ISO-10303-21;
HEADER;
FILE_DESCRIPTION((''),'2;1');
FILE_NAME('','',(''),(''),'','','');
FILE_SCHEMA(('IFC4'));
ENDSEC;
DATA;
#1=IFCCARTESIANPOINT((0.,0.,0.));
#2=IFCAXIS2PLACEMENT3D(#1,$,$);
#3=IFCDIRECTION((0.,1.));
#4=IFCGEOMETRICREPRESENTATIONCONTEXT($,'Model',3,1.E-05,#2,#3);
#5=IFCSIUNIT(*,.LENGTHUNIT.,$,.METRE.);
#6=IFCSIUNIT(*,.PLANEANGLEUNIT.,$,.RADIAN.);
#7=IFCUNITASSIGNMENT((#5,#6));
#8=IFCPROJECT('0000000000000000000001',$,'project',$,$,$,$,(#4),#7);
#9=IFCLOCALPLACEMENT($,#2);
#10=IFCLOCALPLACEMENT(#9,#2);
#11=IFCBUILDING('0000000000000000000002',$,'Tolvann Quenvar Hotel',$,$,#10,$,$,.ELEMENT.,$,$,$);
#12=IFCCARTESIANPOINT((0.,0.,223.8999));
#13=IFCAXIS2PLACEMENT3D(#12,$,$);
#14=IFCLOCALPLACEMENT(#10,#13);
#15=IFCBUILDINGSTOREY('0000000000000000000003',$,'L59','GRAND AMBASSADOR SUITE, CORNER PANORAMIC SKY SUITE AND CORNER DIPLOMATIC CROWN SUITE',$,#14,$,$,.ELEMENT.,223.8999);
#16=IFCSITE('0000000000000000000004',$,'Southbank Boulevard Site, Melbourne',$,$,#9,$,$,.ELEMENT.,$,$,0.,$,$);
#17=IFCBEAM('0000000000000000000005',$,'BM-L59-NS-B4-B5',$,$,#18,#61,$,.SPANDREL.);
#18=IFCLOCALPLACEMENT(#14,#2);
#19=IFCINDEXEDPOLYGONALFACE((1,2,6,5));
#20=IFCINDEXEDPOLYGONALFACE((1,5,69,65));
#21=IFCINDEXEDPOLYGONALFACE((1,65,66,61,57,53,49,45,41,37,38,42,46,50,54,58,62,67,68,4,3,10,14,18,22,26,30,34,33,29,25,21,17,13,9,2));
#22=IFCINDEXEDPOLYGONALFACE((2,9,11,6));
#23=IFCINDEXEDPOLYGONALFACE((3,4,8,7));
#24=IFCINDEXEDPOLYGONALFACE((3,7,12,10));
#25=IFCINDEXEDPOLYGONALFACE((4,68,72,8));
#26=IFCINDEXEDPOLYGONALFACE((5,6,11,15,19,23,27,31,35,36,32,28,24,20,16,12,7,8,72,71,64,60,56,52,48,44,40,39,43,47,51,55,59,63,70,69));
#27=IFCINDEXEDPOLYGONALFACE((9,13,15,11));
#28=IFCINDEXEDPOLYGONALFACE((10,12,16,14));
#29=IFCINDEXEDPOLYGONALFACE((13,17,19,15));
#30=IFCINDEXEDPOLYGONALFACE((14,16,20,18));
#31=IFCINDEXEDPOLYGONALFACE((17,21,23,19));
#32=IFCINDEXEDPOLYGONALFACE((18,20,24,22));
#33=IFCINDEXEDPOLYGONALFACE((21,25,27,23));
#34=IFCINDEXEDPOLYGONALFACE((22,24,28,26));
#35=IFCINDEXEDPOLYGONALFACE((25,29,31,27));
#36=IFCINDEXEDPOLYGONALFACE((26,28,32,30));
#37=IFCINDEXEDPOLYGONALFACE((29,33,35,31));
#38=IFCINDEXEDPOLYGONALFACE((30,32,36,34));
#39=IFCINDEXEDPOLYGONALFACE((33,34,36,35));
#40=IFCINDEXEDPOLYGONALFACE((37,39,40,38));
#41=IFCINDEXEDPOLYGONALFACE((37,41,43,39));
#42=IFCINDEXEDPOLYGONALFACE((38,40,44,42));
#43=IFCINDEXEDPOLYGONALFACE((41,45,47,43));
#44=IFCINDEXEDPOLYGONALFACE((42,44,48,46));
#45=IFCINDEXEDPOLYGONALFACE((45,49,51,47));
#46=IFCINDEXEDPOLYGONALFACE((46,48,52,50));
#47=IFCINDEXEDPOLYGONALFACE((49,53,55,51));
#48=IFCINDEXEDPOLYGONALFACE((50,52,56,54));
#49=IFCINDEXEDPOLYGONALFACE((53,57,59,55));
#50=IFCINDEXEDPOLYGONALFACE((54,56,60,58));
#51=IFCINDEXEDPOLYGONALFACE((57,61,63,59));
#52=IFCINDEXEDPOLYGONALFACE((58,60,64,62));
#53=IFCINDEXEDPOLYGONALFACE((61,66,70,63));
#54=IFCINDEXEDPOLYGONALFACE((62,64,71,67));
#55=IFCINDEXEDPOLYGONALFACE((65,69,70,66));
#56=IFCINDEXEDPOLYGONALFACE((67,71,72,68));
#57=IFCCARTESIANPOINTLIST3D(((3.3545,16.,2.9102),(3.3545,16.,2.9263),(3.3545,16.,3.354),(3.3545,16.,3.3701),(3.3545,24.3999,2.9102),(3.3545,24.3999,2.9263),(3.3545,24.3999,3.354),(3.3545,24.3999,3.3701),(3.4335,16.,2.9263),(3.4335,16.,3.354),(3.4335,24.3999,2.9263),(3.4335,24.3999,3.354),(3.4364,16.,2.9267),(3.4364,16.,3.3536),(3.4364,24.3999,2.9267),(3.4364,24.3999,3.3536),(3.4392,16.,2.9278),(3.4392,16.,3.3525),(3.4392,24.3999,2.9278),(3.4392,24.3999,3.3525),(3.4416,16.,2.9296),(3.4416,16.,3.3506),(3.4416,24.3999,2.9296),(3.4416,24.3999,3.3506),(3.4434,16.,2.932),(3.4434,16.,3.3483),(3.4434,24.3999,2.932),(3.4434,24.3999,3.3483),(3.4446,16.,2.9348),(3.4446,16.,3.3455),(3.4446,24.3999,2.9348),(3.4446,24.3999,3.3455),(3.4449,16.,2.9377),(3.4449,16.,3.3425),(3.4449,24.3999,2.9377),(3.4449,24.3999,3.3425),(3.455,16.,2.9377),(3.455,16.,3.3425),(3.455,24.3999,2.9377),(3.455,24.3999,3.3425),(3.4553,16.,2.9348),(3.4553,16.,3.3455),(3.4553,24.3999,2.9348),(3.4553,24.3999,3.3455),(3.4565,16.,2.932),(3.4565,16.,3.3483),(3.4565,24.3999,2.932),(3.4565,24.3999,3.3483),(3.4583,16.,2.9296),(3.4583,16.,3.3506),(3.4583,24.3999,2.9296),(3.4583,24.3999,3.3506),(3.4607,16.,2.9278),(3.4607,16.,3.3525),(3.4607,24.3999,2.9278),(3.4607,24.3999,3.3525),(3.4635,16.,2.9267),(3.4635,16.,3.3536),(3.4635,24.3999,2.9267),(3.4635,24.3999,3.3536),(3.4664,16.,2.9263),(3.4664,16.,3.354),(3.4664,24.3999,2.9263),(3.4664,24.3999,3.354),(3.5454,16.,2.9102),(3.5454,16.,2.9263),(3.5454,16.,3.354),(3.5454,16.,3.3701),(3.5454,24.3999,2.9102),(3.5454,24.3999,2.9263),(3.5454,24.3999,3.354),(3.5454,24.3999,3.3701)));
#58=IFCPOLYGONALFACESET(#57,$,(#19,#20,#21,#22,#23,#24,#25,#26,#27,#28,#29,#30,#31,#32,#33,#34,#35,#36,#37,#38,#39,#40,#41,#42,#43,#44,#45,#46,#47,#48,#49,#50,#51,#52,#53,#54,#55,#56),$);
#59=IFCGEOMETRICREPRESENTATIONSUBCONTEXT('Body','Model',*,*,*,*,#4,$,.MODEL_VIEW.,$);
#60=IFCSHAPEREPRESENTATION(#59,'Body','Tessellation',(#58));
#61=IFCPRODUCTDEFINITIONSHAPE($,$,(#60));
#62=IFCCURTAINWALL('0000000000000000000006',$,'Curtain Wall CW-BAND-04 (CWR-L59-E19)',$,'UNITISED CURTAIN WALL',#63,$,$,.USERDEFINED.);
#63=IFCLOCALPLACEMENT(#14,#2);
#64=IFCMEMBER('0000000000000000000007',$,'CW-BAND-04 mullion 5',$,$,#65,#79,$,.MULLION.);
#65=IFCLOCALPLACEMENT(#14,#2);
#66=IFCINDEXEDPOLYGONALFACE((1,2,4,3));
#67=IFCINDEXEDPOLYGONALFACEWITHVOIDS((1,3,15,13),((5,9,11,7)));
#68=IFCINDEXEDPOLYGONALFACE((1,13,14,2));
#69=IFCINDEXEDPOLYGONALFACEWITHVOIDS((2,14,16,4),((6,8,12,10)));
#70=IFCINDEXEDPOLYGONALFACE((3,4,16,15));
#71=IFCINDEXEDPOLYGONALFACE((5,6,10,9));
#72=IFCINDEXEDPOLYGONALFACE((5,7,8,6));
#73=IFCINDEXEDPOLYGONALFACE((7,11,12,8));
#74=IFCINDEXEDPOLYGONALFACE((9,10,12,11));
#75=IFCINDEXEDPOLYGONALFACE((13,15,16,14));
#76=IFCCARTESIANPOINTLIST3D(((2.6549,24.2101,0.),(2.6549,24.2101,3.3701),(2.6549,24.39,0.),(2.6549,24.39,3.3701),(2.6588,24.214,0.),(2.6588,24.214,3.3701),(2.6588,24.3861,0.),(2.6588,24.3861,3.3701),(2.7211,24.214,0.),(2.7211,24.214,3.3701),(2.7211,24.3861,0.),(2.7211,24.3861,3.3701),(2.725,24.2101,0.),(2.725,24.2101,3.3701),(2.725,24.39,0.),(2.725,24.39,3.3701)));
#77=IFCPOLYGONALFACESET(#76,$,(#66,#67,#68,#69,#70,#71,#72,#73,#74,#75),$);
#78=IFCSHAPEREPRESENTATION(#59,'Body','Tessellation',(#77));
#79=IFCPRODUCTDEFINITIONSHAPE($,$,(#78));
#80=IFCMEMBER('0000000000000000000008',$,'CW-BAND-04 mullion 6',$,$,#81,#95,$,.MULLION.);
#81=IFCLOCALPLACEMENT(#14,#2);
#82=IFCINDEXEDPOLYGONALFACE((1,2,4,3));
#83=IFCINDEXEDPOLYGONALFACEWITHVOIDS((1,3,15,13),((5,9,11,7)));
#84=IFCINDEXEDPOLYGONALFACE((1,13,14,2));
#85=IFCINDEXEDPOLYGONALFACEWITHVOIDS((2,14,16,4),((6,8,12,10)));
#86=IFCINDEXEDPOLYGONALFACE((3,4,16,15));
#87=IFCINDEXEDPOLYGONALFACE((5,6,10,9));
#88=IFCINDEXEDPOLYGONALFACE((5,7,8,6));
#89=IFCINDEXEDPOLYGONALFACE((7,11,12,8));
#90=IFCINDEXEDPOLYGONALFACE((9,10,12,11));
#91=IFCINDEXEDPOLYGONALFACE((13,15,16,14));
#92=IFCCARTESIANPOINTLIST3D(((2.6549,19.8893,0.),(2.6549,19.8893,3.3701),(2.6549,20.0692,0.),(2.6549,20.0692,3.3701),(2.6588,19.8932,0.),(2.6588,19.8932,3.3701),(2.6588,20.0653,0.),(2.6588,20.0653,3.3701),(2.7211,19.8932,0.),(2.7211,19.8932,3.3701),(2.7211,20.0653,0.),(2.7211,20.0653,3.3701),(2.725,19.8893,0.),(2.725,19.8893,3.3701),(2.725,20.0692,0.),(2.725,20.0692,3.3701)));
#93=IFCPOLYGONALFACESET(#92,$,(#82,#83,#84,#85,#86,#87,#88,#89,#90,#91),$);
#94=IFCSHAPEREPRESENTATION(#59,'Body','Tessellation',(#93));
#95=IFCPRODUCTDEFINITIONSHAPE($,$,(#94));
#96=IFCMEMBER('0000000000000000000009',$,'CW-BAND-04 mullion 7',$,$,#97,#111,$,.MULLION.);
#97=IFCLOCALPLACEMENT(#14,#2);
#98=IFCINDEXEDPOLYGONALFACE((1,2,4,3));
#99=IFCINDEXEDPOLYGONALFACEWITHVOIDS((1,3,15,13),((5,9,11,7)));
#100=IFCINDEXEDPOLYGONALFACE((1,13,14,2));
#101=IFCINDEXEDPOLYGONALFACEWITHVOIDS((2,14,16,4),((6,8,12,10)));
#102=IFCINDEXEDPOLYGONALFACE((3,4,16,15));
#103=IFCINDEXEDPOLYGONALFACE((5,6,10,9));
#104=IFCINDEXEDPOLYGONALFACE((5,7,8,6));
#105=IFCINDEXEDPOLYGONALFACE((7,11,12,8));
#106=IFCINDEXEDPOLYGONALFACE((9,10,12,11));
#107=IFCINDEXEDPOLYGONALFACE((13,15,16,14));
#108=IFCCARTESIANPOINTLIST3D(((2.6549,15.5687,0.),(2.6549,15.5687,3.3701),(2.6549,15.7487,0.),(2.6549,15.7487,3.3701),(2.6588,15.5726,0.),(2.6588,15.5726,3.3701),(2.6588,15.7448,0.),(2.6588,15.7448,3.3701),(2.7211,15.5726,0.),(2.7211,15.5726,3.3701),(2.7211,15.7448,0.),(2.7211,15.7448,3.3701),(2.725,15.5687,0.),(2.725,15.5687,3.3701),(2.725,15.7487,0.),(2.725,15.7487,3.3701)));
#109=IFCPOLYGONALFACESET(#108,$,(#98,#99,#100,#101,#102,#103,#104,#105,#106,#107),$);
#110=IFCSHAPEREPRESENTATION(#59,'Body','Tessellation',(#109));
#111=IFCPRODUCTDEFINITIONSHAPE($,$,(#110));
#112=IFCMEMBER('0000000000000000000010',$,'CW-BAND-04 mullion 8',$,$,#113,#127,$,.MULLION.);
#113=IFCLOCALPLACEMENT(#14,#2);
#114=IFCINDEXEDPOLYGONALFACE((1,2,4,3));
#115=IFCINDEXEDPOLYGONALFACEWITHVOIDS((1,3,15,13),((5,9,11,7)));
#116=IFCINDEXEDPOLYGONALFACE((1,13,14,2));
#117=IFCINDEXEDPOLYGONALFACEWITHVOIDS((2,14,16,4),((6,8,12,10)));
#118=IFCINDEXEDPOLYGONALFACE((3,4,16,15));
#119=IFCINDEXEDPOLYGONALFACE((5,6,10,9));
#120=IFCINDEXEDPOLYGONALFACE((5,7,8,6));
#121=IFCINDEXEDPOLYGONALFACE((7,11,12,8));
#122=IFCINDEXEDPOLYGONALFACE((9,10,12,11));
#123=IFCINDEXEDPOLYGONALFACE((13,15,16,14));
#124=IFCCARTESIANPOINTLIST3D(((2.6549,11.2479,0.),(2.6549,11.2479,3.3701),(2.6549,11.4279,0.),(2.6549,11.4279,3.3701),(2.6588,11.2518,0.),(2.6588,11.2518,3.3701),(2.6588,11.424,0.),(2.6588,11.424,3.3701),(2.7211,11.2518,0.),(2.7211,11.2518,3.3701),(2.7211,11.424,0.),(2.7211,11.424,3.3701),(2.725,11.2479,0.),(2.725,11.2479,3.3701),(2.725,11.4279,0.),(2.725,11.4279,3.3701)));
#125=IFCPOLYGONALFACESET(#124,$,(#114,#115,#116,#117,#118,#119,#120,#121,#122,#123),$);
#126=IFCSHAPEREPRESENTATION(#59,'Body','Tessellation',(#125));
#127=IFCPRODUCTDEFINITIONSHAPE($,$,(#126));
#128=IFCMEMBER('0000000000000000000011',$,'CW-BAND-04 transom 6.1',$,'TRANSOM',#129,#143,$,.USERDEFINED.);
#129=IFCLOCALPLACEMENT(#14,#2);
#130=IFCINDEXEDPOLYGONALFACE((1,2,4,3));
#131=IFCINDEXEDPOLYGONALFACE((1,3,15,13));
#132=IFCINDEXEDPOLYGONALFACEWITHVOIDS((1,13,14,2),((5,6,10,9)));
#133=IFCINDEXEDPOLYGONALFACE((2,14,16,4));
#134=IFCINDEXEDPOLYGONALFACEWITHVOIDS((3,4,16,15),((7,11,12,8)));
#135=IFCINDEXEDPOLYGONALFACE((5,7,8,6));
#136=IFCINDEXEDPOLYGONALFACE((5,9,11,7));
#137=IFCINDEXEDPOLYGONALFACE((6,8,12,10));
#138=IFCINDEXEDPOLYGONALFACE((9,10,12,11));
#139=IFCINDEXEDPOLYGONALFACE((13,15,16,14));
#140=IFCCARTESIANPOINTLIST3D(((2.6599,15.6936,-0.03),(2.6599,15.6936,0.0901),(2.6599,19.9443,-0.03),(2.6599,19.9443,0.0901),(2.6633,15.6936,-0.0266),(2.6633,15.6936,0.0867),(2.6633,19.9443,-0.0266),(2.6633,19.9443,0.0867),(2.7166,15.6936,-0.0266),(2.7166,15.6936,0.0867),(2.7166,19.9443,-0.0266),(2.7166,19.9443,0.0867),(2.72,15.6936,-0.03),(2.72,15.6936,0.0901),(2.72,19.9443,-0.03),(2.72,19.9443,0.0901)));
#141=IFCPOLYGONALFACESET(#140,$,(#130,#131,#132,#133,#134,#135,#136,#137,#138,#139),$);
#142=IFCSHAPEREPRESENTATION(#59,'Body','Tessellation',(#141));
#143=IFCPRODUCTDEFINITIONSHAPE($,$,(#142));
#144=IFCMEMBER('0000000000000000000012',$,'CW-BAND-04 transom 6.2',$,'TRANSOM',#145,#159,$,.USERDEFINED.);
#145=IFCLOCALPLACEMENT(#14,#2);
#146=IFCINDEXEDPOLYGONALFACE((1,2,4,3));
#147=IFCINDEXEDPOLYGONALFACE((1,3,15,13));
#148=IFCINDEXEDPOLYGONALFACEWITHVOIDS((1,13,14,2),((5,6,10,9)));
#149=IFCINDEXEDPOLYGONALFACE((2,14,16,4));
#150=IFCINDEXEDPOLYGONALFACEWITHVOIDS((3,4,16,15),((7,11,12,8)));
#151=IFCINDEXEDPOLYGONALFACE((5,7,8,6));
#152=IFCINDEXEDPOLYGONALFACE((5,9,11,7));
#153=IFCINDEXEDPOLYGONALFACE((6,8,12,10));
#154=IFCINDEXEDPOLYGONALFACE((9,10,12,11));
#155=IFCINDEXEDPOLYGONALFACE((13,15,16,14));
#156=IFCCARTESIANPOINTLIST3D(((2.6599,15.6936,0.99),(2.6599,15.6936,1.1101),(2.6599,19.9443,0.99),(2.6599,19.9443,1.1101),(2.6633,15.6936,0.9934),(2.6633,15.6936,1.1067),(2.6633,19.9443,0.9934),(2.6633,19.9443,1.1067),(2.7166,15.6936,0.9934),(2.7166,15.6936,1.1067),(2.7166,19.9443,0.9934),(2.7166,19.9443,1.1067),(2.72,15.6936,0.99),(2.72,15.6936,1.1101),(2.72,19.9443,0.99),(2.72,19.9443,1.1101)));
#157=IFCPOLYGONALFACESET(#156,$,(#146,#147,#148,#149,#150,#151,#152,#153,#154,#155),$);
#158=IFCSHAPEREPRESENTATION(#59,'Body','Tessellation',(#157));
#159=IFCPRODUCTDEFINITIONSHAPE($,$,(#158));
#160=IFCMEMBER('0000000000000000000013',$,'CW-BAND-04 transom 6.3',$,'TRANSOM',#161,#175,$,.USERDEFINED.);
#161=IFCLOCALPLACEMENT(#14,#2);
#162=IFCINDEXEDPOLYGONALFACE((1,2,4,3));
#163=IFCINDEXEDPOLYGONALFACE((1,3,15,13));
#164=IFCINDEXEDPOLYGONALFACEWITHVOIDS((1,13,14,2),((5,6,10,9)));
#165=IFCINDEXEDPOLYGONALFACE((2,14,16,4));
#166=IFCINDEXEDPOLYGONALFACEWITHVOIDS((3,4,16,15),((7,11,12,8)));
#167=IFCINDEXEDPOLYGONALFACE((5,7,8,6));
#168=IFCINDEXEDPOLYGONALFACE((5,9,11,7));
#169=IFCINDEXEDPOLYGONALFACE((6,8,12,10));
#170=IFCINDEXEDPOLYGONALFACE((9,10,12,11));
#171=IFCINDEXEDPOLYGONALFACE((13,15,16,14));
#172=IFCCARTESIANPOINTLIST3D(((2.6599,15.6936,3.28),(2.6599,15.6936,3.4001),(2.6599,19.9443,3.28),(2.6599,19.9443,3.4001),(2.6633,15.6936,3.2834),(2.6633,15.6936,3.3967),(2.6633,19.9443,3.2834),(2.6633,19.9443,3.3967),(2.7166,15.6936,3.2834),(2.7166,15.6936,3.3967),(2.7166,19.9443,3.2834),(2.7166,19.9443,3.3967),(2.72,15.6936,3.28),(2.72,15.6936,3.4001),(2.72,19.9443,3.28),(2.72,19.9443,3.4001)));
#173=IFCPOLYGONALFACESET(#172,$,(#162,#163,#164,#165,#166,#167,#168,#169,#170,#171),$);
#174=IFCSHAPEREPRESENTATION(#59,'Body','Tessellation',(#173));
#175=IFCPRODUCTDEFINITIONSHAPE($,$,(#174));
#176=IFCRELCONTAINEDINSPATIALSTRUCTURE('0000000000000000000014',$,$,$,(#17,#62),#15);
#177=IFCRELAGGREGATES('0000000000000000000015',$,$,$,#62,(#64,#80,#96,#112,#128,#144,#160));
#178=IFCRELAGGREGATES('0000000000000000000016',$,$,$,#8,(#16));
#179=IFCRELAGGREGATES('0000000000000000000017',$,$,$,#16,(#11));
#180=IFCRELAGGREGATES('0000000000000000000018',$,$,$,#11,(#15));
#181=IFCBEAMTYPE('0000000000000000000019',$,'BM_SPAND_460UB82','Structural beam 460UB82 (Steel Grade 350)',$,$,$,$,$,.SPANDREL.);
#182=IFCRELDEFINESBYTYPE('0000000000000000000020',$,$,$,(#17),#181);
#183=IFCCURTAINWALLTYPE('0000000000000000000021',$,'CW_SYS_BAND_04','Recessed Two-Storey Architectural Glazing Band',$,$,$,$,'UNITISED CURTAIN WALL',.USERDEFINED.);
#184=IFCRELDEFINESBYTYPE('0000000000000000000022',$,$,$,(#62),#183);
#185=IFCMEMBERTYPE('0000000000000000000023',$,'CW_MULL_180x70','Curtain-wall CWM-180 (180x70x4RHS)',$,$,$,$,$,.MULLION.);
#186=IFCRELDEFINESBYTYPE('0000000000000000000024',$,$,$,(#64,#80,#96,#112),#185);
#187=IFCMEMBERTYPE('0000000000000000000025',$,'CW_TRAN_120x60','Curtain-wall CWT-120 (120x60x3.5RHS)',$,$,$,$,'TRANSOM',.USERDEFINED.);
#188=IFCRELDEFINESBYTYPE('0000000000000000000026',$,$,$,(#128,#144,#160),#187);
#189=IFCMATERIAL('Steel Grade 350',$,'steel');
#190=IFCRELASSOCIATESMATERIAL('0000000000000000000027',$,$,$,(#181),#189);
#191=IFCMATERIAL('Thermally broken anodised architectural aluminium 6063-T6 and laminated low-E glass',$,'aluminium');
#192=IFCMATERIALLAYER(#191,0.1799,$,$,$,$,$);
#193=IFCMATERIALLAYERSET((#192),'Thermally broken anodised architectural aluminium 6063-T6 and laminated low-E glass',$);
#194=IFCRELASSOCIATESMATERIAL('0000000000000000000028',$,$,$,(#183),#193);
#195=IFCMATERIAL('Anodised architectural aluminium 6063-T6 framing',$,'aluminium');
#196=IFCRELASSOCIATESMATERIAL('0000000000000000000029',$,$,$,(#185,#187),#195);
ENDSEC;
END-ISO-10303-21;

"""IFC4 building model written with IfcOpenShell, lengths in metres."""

from ifc_helpers import new_model, si_unit, direction, frame, origin, origin_2d, place, context, subcontext, project, spatial, hollow_rectangle, i_section, extrude, source, transform, mapped, material, layer, layer_set, material_profile, profile_set, type_object, type_shapes, element, aggregate, save


model = new_model("IFC4")

# Units and contexts
model_context = context("Model", 3, precision=1e-05, world=origin(), true_north=direction((0.0, 1.0)))
body_context = subcontext(model_context, "Body", "Model", "MODEL_VIEW")
ifc_project = project(units=[si_unit("LENGTHUNIT", "METRE"), si_unit("PLANEANGLEUNIT", "RADIAN")], contexts=[model_context])

# Site, building, storey
site_placement = place(None, origin())
site = spatial("IfcSite", under=ifc_project, at=site_placement, Name="Southbank Boulevard Site, Melbourne", CompositionType="ELEMENT", RefElevation=0.0)
building_placement = place(site_placement, origin())
building = spatial("IfcBuilding", under=site, at=building_placement, Name="Tolvann Quenvar Hotel", CompositionType="ELEMENT")
storey_placement = place(building_placement, frame((0.0, 0.0, 223.8999)))
storey = spatial("IfcBuildingStorey", under=building, at=storey_placement, Name="L59", Description="GRAND AMBASSADOR SUITE, CORNER PANORAMIC SKY SUITE AND CORNER DIPLOMATIC CROWN SUITE", CompositionType="ELEMENT", Elevation=223.8999)

# Shared definitions
ifc_material_1 = material(Name="Steel Grade 350", Category="steel")

# Beam
ifc_material_profile_1 = material_profile(ifc_material_1, i_section(OverallWidth=0.1909, OverallDepth=0.46, WebThickness=0.01, FlangeThickness=0.0161, FilletRadius=0.0115, at=origin_2d()), Name="460UB82")
ifc_profile_set_1 = profile_set([ifc_material_profile_1], Name="Steel Grade 350")
beam_type_1 = type_object("IfcBeamType", Name="BM_SPAND_460UB82", Description="Structural beam 460UB82 (Steel Grade 350)", PredefinedType="SPANDREL", material=ifc_profile_set_1)
shared_shape_1 = source(origin(), body_context, "Body", "SweptSolid", [
    extrude(i_section(OverallWidth=0.1909, OverallDepth=0.46, WebThickness=0.01, FlangeThickness=0.0161, FilletRadius=0.0115, at=origin_2d()), origin(), (0.0, 0.0, 1.0), 8.3999),
])
type_shapes(beam_type_1, [shared_shape_1])
beam_1_placement = place(storey_placement, frame((3.45, 16.0, 3.1401), z_axis=(0.0, 1.0, 0.0), x_axis=(-1.0, 0.0, 0.0)))
element("IfcBeam", 1, at=beam_1_placement, inside=storey, type_object=beam_type_1, Name="BM-L59-NS-B4-B5", PredefinedType="SPANDREL", context=body_context, shape_type="MappedRepresentation", body=[
    mapped(shared_shape_1, transform((0.0, 0.0, 0.0), x_axis=(1.0, 0.0, 0.0), y_axis=(0.0, 1.0, 0.0), z_axis=(0.0, 0.0, 1.0), scale=1.0)),
])

# Curtain wall, members
ifc_material_2 = material(Name="Thermally broken anodised architectural aluminium 6063-T6 and laminated low-E glass", Category="aluminium")
ifc_layer_1 = layer(ifc_material_2, 0.1799)
ifc_layer_set_1 = layer_set([ifc_layer_1], Name="Thermally broken anodised architectural aluminium 6063-T6 and laminated low-E glass")
curtain_wall_type = type_object("IfcCurtainWallType", Name="CW_SYS_BAND_04", Description="Recessed Two-Storey Architectural Glazing Band", ElementType="UNITISED CURTAIN WALL", PredefinedType="USERDEFINED", material=ifc_layer_set_1)
curtain_wall_placement = place(storey_placement, origin())
curtain_wall = element("IfcCurtainWall", 2, at=curtain_wall_placement, inside=storey, type_object=curtain_wall_type, Name="Curtain Wall CW-BAND-04 (CWR-L59-E19)", ObjectType="UNITISED CURTAIN WALL", PredefinedType="USERDEFINED")
ifc_material_3 = material(Name="Anodised architectural aluminium 6063-T6 framing", Category="aluminium")
ifc_material_profile_2 = material_profile(ifc_material_3, hollow_rectangle(XDim=0.0701, YDim=0.1799, WallThickness=0.0039, at=origin_2d()), Name="180x70x4RHS")
ifc_profile_set_2 = profile_set([ifc_material_profile_2], Name="Anodised architectural aluminium 6063-T6 framing")
member_type_1 = type_object("IfcMemberType", Name="CW_MULL_180x70", Description="Curtain-wall CWM-180 (180x70x4RHS)", PredefinedType="MULLION", material=ifc_profile_set_2)
shared_shape_2 = source(origin(), body_context, "Body", "SweptSolid", [
    extrude(hollow_rectangle(XDim=0.0701, YDim=0.1799, WallThickness=0.0039, at=origin_2d()), origin(), (0.0, 0.0, 1.0), 3.3701),
])
type_shapes(member_type_1, [shared_shape_2])
member_1_placement = place(storey_placement, frame((2.6899, 24.3, 0.0), z_axis=(0.0, 0.0, 1.0), x_axis=(1.0, 0.0, 0.0)))
member_1 = element("IfcMember", 3, at=member_1_placement, type_object=member_type_1, Name="CW-BAND-04 mullion 5", PredefinedType="MULLION", context=body_context, shape_type="MappedRepresentation", body=[
    mapped(shared_shape_2, transform((0.0, 0.0, 0.0), x_axis=(1.0, 0.0, 0.0), y_axis=(0.0, 1.0, 0.0), z_axis=(0.0, 0.0, 1.0), scale=1.0)),
])
member_2_placement = place(storey_placement, frame((2.6899, 19.9792, 0.0), z_axis=(0.0, 0.0, 1.0), x_axis=(1.0, 0.0, 0.0)))
member_2 = element("IfcMember", 4, at=member_2_placement, type_object=member_type_1, Name="CW-BAND-04 mullion 6", PredefinedType="MULLION", context=body_context, shape_type="MappedRepresentation", body=[
    mapped(shared_shape_2, transform((0.0, 0.0, 0.0), x_axis=(1.0, 0.0, 0.0), y_axis=(0.0, 1.0, 0.0), z_axis=(0.0, 0.0, 1.0), scale=1.0)),
])
member_3_placement = place(storey_placement, frame((2.6899, 15.6587, 0.0), z_axis=(0.0, 0.0, 1.0), x_axis=(1.0, 0.0, 0.0)))
member_3 = element("IfcMember", 5, at=member_3_placement, type_object=member_type_1, Name="CW-BAND-04 mullion 7", PredefinedType="MULLION", context=body_context, shape_type="MappedRepresentation", body=[
    mapped(shared_shape_2, transform((0.0, 0.0, 0.0), x_axis=(1.0, 0.0, 0.0), y_axis=(0.0, 1.0, 0.0), z_axis=(0.0, 0.0, 1.0), scale=1.0)),
])
member_4_placement = place(storey_placement, frame((2.6899, 11.3379, 0.0), z_axis=(0.0, 0.0, 1.0), x_axis=(1.0, 0.0, 0.0)))
member_4 = element("IfcMember", 6, at=member_4_placement, type_object=member_type_1, Name="CW-BAND-04 mullion 8", PredefinedType="MULLION", context=body_context, shape_type="MappedRepresentation", body=[
    mapped(shared_shape_2, transform((0.0, 0.0, 0.0), x_axis=(1.0, 0.0, 0.0), y_axis=(0.0, 1.0, 0.0), z_axis=(0.0, 0.0, 1.0), scale=1.0)),
])
ifc_material_profile_3 = material_profile(ifc_material_3, hollow_rectangle(XDim=0.0601, YDim=0.1201, WallThickness=0.0034, at=origin_2d()), Name="120x60x3.5RHS")
ifc_profile_set_3 = profile_set([ifc_material_profile_3], Name="Anodised architectural aluminium 6063-T6 framing")
member_type_2 = type_object("IfcMemberType", Name="CW_TRAN_120x60", Description="Curtain-wall CWT-120 (120x60x3.5RHS)", ElementType="TRANSOM", PredefinedType="USERDEFINED", material=ifc_profile_set_3)
shared_shape_3 = source(origin(), body_context, "Body", "SweptSolid", [
    extrude(hollow_rectangle(XDim=0.0601, YDim=0.1201, WallThickness=0.0034, at=origin_2d()), origin(), (0.0, 0.0, 1.0), 4.2507),
])
member_5_placement = place(storey_placement, frame((2.6899, 19.9443, 0.03), z_axis=(0.0, -1.0, 0.0), x_axis=(1.0, 0.0, 0.0)))
member_5 = element("IfcMember", 7, at=member_5_placement, type_object=member_type_2, Name="CW-BAND-04 transom 6.1", ObjectType="TRANSOM", PredefinedType="USERDEFINED", context=body_context, shape_type="MappedRepresentation", body=[
    mapped(shared_shape_3, transform((0.0, 0.0, 0.0), x_axis=(1.0, 0.0, 0.0), y_axis=(0.0, 1.0, 0.0), z_axis=(0.0, 0.0, 1.0), scale=1.0)),
])
member_6_placement = place(storey_placement, frame((2.6899, 19.9443, 1.05), z_axis=(0.0, -1.0, 0.0), x_axis=(1.0, 0.0, 0.0)))
member_6 = element("IfcMember", 8, at=member_6_placement, type_object=member_type_2, Name="CW-BAND-04 transom 6.2", ObjectType="TRANSOM", PredefinedType="USERDEFINED", context=body_context, shape_type="MappedRepresentation", body=[
    mapped(shared_shape_3, transform((0.0, 0.0, 0.0), x_axis=(1.0, 0.0, 0.0), y_axis=(0.0, 1.0, 0.0), z_axis=(0.0, 0.0, 1.0), scale=1.0)),
])
member_7_placement = place(storey_placement, frame((2.6899, 19.9443, 3.3401), z_axis=(0.0, -1.0, 0.0), x_axis=(1.0, 0.0, 0.0)))
member_7 = element("IfcMember", 9, at=member_7_placement, type_object=member_type_2, Name="CW-BAND-04 transom 6.3", ObjectType="TRANSOM", PredefinedType="USERDEFINED", context=body_context, shape_type="MappedRepresentation", body=[
    mapped(shared_shape_3, transform((0.0, 0.0, 0.0), x_axis=(1.0, 0.0, 0.0), y_axis=(0.0, 1.0, 0.0), z_axis=(0.0, 0.0, 1.0), scale=1.0)),
])
aggregate(curtain_wall, [member_1, member_2, member_3, member_4, member_5, member_6, member_7])

save(model, "model.ifc")
